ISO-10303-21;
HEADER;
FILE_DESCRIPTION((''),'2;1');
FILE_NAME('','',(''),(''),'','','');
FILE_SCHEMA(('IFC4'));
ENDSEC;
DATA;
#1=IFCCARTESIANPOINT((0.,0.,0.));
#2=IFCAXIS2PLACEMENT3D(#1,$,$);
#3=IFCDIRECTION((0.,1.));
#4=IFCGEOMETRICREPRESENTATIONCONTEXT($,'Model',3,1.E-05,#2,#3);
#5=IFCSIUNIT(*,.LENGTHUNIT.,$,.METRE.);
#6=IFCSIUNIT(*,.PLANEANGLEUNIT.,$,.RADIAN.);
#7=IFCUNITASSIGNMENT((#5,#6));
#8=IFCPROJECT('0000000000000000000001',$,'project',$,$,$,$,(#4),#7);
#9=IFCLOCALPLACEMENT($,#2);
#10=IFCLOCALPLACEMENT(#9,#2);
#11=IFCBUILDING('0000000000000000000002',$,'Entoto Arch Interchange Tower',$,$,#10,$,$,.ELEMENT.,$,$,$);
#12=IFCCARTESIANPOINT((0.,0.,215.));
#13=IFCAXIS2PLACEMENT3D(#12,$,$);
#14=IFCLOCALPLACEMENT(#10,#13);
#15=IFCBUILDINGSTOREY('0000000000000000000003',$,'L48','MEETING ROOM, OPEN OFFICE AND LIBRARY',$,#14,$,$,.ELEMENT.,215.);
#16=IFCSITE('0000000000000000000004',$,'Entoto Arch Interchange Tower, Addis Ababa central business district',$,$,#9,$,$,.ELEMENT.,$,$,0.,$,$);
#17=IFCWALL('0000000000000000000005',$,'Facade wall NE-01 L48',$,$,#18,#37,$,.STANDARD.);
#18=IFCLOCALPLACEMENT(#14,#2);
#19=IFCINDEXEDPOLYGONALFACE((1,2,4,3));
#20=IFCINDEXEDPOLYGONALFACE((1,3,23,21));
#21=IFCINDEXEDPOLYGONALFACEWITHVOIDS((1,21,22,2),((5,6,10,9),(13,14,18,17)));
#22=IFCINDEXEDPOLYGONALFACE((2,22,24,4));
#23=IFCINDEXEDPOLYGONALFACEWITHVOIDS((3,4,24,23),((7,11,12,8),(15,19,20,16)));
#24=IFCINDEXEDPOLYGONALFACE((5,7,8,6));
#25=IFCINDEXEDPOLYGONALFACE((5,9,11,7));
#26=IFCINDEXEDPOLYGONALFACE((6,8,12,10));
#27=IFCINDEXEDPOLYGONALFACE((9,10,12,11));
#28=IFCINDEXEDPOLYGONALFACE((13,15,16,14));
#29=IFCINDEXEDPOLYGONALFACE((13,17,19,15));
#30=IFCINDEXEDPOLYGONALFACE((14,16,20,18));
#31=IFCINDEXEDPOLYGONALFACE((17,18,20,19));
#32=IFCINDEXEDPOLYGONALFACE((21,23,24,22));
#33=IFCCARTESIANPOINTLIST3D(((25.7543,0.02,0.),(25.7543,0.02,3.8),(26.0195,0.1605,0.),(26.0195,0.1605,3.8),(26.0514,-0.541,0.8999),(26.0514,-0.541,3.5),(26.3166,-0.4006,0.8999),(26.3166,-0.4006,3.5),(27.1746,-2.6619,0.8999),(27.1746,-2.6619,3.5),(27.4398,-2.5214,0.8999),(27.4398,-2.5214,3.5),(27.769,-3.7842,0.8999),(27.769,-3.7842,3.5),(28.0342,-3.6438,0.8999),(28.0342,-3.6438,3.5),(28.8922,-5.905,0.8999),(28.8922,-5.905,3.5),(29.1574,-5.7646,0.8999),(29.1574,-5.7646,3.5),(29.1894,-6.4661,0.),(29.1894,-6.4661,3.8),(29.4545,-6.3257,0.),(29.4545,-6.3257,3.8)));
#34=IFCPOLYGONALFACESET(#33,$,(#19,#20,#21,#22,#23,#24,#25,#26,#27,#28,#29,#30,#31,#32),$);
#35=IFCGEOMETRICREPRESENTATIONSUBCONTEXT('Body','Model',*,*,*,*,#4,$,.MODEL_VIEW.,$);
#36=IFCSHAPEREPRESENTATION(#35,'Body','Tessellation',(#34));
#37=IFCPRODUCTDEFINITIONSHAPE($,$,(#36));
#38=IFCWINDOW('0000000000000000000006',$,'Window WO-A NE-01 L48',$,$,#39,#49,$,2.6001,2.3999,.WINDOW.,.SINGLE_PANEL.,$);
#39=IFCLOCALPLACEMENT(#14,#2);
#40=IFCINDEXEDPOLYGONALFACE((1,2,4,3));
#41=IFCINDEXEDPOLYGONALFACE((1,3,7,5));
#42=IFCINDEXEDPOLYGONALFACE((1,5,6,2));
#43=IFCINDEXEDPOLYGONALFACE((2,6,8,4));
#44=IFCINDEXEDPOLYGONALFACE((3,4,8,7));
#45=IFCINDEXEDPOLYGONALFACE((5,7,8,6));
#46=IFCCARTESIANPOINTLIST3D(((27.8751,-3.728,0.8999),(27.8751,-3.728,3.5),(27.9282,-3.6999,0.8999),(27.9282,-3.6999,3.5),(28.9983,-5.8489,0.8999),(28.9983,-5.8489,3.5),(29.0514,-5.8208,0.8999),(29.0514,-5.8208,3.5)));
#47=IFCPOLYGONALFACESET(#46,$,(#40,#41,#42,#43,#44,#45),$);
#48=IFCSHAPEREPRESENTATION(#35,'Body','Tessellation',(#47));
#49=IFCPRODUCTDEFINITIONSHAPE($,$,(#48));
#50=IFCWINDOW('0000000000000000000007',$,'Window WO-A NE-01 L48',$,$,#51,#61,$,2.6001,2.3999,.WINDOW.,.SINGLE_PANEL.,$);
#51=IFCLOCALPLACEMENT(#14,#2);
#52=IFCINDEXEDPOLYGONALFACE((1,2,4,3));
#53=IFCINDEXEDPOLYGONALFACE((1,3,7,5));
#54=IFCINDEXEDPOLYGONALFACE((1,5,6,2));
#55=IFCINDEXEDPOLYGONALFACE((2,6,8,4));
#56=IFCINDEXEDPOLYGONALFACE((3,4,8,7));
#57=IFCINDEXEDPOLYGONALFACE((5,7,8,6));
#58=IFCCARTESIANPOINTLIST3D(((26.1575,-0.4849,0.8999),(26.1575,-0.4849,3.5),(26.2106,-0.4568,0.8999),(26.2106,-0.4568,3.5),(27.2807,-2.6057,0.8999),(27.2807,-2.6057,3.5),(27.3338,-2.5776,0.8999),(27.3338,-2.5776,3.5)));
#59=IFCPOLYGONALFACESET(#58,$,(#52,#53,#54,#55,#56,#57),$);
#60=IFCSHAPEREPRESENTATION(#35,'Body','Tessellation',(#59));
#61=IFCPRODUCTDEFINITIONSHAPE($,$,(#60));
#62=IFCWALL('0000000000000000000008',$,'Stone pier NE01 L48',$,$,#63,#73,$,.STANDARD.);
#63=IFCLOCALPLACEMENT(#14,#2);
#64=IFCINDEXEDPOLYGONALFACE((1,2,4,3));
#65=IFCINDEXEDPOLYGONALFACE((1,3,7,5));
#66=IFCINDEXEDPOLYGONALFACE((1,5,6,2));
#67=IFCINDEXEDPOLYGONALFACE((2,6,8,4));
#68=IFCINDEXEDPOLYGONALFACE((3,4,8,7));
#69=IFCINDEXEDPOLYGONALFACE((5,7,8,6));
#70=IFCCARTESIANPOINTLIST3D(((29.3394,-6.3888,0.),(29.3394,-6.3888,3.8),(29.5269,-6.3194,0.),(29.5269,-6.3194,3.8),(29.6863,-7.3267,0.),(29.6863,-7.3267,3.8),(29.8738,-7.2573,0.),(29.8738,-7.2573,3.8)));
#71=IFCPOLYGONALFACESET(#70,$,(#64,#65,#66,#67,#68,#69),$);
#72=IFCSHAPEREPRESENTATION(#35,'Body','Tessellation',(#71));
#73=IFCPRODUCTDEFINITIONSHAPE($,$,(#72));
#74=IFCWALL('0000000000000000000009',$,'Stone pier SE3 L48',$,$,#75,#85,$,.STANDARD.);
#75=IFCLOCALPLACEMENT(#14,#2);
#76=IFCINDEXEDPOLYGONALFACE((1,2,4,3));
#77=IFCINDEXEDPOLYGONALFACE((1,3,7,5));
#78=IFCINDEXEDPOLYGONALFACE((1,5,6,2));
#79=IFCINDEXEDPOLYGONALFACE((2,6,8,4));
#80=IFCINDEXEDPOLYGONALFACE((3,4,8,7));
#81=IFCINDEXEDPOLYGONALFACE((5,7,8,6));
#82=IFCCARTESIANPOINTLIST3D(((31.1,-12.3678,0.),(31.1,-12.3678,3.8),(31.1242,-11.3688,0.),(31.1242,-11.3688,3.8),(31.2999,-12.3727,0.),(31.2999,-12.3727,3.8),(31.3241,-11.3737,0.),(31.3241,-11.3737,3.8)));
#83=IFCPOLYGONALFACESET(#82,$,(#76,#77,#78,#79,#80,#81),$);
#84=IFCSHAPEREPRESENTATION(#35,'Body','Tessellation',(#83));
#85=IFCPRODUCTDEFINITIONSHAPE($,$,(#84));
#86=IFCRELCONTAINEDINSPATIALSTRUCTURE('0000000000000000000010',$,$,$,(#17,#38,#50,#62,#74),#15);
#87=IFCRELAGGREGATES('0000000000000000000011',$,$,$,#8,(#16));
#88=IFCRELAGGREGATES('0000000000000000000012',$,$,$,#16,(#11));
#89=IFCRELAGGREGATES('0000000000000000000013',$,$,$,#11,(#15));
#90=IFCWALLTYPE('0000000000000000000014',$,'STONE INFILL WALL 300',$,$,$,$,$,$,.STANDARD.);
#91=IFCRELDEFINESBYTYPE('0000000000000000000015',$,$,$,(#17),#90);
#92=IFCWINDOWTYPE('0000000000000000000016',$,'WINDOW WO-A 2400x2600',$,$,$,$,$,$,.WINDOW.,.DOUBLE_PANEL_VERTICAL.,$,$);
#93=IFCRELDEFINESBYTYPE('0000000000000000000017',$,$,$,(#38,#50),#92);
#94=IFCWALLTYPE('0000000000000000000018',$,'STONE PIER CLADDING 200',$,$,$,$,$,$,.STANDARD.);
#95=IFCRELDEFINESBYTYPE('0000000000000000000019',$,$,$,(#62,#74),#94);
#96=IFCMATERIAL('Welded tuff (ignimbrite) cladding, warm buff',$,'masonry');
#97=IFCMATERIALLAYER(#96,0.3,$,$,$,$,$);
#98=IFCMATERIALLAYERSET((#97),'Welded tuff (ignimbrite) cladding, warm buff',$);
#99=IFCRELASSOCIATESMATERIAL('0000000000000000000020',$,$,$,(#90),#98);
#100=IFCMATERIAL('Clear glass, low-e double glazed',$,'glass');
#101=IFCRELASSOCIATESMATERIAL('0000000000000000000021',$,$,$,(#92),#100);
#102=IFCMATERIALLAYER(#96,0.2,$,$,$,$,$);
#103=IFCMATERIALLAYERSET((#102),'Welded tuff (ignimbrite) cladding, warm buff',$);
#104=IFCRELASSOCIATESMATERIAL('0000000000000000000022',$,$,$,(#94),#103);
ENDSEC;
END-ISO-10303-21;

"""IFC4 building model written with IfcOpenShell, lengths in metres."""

from ifc_helpers import new_model, si_unit, direction, frame, frame_2d, origin, place, context, subcontext, project, spatial, rectangle, extrude, material, layer, layer_set, type_object, element, fill, save


model = new_model("IFC4")

# Units and contexts
model_context = context("Model", 3, precision=1e-05, world=origin(), true_north=direction((0.0, 1.0)))
body_context = subcontext(model_context, "Body", "Model", "MODEL_VIEW")
ifc_project = project(units=[si_unit("LENGTHUNIT", "METRE"), si_unit("PLANEANGLEUNIT", "RADIAN")], contexts=[model_context])

# Site, building, storey
site_placement = place(None, origin())
site = spatial("IfcSite", under=ifc_project, at=site_placement, Name="Entoto Arch Interchange Tower, Addis Ababa central business district", CompositionType="ELEMENT", RefElevation=0.0)
building_placement = place(site_placement, origin())
building = spatial("IfcBuilding", under=site, at=building_placement, Name="Entoto Arch Interchange Tower", CompositionType="ELEMENT")
storey_placement = place(building_placement, frame((0.0, 0.0, 215.0)))
storey = spatial("IfcBuildingStorey", under=building, at=storey_placement, Name="L48", Description="MEETING ROOM, OPEN OFFICE AND LIBRARY", CompositionType="ELEMENT", Elevation=215.0)

# Shared definitions
ifc_material_1 = material(Name="Welded tuff (ignimbrite) cladding, warm buff", Category="masonry")
ifc_layer_1 = layer(ifc_material_1, 0.3)
ifc_layer_set_1 = layer_set([ifc_layer_1], Name="Welded tuff (ignimbrite) cladding, warm buff")
wall_type_1 = type_object("IfcWallType", Name="STONE INFILL WALL 300", PredefinedType="STANDARD", material=ifc_layer_set_1)
ifc_material_2 = material(Name="Clear glass, low-e double glazed", Category="glass")

# Wall, openings, windows
wall_1_placement = place(storey_placement, frame((29.322, -6.396, 0.0), z_axis=(0.0, 0.0, 1.0), x_axis=(-0.468021, 0.883718, 0.0)))
wall_1 = element("IfcWall", 1, at=wall_1_placement, inside=storey, type_object=wall_type_1, Name="Facade wall NE-01 L48", PredefinedType="STANDARD", context=body_context, shape_type="SweptSolid", body=[
    extrude(rectangle(XDim=7.3396, YDim=0.3, at=frame_2d((3.6699, 0.0))), origin(), (0.0, 0.0, 1.0), 3.8),
])
opening_1_placement = place(wall_1_placement, frame((0.635, 0.0, 0.8999)))
opening_1 = element("IfcOpeningElement", 2, at=opening_1_placement, cuts=wall_1, PredefinedType="OPENING", context=body_context, shape_type="SweptSolid", body=[
    extrude(rectangle(XDim=2.3999, YDim=2.6001, at=frame_2d((1.2, 1.3))), frame((0.0, 0.1602, 0.0), z_axis=(0.0, -1.0, 0.0), x_axis=(1.0, 0.0, 0.0)), (0.0, 0.0, 1.0), 0.3201),
])
opening_2_placement = place(wall_1_placement, frame((4.3049, 0.0, 0.8999)))
opening_2 = element("IfcOpeningElement", 3, at=opening_2_placement, cuts=wall_1, PredefinedType="OPENING", context=body_context, shape_type="SweptSolid", body=[
    extrude(rectangle(XDim=2.3999, YDim=2.6001, at=frame_2d((1.2, 1.3))), frame((0.0, 0.1602, 0.0), z_axis=(0.0, -1.0, 0.0), x_axis=(1.0, 0.0, 0.0)), (0.0, 0.0, 1.0), 0.3201),
])
window_type_1 = type_object("IfcWindowType", Name="WINDOW WO-A 2400x2600", PartitioningType="DOUBLE_PANEL_VERTICAL", PredefinedType="WINDOW", material=ifc_material_2)
window_1_placement = place(opening_1_placement, origin())
window_1 = element("IfcWindow", 4, at=window_1_placement, inside=storey, type_object=window_type_1, Name="Window WO-A NE-01 L48", OverallHeight=2.6001, OverallWidth=2.3999, PartitioningType="SINGLE_PANEL", PredefinedType="WINDOW", context=body_context, shape_type="SweptSolid", body=[
    extrude(rectangle(XDim=2.3999, YDim=2.6001, at=frame_2d((1.2, 1.3))), frame((0.0, 0.03, 0.0), z_axis=(0.0, -1.0, 0.0), x_axis=(1.0, 0.0, 0.0)), (0.0, 0.0, 1.0), 0.0601),
])
fill(opening_1, window_1)
window_2_placement = place(opening_2_placement, origin())
window_2 = element("IfcWindow", 5, at=window_2_placement, inside=storey, type_object=window_type_1, Name="Window WO-A NE-01 L48", OverallHeight=2.6001, OverallWidth=2.3999, PartitioningType="SINGLE_PANEL", PredefinedType="WINDOW", context=body_context, shape_type="SweptSolid", body=[
    extrude(rectangle(XDim=2.3999, YDim=2.6001, at=frame_2d((1.2, 1.3))), frame((0.0, 0.03, 0.0), z_axis=(0.0, -1.0, 0.0), x_axis=(1.0, 0.0, 0.0)), (0.0, 0.0, 1.0), 0.0601),
])
fill(opening_2, window_2)

# Walls
ifc_layer_2 = layer(ifc_material_1, 0.2)
ifc_layer_set_2 = layer_set([ifc_layer_2], Name="Welded tuff (ignimbrite) cladding, warm buff")
wall_type_2 = type_object("IfcWallType", Name="STONE PIER CLADDING 200", PredefinedType="STANDARD", material=ifc_layer_set_2)
wall_2_placement = place(storey_placement, frame((29.78, -7.292, 0.0), z_axis=(0.0, 0.0, 1.0), x_axis=(-0.346893, 0.937905, 0.0)))
element("IfcWall", 6, at=wall_2_placement, inside=storey, type_object=wall_type_2, Name="Stone pier NE01 L48", PredefinedType="STANDARD", context=body_context, shape_type="SweptSolid", body=[
    extrude(rectangle(XDim=1.0, YDim=0.2, at=frame_2d((0.5, 0.0))), origin(), (0.0, 0.0, 1.0), 3.8),
])
wall_3_placement = place(storey_placement, frame((31.2, -12.3701, 0.0), z_axis=(0.0, 0.0, 1.0), x_axis=(0.024186, 0.999707, 0.0)))
element("IfcWall", 7, at=wall_3_placement, inside=storey, type_object=wall_type_2, Name="Stone pier SE3 L48", PredefinedType="STANDARD", context=body_context, shape_type="SweptSolid", body=[
    extrude(rectangle(XDim=0.9993, YDim=0.2, at=frame_2d((0.4995, 0.0))), origin(), (0.0, 0.0, 1.0), 3.8),
])

save(model, "model.ifc")
